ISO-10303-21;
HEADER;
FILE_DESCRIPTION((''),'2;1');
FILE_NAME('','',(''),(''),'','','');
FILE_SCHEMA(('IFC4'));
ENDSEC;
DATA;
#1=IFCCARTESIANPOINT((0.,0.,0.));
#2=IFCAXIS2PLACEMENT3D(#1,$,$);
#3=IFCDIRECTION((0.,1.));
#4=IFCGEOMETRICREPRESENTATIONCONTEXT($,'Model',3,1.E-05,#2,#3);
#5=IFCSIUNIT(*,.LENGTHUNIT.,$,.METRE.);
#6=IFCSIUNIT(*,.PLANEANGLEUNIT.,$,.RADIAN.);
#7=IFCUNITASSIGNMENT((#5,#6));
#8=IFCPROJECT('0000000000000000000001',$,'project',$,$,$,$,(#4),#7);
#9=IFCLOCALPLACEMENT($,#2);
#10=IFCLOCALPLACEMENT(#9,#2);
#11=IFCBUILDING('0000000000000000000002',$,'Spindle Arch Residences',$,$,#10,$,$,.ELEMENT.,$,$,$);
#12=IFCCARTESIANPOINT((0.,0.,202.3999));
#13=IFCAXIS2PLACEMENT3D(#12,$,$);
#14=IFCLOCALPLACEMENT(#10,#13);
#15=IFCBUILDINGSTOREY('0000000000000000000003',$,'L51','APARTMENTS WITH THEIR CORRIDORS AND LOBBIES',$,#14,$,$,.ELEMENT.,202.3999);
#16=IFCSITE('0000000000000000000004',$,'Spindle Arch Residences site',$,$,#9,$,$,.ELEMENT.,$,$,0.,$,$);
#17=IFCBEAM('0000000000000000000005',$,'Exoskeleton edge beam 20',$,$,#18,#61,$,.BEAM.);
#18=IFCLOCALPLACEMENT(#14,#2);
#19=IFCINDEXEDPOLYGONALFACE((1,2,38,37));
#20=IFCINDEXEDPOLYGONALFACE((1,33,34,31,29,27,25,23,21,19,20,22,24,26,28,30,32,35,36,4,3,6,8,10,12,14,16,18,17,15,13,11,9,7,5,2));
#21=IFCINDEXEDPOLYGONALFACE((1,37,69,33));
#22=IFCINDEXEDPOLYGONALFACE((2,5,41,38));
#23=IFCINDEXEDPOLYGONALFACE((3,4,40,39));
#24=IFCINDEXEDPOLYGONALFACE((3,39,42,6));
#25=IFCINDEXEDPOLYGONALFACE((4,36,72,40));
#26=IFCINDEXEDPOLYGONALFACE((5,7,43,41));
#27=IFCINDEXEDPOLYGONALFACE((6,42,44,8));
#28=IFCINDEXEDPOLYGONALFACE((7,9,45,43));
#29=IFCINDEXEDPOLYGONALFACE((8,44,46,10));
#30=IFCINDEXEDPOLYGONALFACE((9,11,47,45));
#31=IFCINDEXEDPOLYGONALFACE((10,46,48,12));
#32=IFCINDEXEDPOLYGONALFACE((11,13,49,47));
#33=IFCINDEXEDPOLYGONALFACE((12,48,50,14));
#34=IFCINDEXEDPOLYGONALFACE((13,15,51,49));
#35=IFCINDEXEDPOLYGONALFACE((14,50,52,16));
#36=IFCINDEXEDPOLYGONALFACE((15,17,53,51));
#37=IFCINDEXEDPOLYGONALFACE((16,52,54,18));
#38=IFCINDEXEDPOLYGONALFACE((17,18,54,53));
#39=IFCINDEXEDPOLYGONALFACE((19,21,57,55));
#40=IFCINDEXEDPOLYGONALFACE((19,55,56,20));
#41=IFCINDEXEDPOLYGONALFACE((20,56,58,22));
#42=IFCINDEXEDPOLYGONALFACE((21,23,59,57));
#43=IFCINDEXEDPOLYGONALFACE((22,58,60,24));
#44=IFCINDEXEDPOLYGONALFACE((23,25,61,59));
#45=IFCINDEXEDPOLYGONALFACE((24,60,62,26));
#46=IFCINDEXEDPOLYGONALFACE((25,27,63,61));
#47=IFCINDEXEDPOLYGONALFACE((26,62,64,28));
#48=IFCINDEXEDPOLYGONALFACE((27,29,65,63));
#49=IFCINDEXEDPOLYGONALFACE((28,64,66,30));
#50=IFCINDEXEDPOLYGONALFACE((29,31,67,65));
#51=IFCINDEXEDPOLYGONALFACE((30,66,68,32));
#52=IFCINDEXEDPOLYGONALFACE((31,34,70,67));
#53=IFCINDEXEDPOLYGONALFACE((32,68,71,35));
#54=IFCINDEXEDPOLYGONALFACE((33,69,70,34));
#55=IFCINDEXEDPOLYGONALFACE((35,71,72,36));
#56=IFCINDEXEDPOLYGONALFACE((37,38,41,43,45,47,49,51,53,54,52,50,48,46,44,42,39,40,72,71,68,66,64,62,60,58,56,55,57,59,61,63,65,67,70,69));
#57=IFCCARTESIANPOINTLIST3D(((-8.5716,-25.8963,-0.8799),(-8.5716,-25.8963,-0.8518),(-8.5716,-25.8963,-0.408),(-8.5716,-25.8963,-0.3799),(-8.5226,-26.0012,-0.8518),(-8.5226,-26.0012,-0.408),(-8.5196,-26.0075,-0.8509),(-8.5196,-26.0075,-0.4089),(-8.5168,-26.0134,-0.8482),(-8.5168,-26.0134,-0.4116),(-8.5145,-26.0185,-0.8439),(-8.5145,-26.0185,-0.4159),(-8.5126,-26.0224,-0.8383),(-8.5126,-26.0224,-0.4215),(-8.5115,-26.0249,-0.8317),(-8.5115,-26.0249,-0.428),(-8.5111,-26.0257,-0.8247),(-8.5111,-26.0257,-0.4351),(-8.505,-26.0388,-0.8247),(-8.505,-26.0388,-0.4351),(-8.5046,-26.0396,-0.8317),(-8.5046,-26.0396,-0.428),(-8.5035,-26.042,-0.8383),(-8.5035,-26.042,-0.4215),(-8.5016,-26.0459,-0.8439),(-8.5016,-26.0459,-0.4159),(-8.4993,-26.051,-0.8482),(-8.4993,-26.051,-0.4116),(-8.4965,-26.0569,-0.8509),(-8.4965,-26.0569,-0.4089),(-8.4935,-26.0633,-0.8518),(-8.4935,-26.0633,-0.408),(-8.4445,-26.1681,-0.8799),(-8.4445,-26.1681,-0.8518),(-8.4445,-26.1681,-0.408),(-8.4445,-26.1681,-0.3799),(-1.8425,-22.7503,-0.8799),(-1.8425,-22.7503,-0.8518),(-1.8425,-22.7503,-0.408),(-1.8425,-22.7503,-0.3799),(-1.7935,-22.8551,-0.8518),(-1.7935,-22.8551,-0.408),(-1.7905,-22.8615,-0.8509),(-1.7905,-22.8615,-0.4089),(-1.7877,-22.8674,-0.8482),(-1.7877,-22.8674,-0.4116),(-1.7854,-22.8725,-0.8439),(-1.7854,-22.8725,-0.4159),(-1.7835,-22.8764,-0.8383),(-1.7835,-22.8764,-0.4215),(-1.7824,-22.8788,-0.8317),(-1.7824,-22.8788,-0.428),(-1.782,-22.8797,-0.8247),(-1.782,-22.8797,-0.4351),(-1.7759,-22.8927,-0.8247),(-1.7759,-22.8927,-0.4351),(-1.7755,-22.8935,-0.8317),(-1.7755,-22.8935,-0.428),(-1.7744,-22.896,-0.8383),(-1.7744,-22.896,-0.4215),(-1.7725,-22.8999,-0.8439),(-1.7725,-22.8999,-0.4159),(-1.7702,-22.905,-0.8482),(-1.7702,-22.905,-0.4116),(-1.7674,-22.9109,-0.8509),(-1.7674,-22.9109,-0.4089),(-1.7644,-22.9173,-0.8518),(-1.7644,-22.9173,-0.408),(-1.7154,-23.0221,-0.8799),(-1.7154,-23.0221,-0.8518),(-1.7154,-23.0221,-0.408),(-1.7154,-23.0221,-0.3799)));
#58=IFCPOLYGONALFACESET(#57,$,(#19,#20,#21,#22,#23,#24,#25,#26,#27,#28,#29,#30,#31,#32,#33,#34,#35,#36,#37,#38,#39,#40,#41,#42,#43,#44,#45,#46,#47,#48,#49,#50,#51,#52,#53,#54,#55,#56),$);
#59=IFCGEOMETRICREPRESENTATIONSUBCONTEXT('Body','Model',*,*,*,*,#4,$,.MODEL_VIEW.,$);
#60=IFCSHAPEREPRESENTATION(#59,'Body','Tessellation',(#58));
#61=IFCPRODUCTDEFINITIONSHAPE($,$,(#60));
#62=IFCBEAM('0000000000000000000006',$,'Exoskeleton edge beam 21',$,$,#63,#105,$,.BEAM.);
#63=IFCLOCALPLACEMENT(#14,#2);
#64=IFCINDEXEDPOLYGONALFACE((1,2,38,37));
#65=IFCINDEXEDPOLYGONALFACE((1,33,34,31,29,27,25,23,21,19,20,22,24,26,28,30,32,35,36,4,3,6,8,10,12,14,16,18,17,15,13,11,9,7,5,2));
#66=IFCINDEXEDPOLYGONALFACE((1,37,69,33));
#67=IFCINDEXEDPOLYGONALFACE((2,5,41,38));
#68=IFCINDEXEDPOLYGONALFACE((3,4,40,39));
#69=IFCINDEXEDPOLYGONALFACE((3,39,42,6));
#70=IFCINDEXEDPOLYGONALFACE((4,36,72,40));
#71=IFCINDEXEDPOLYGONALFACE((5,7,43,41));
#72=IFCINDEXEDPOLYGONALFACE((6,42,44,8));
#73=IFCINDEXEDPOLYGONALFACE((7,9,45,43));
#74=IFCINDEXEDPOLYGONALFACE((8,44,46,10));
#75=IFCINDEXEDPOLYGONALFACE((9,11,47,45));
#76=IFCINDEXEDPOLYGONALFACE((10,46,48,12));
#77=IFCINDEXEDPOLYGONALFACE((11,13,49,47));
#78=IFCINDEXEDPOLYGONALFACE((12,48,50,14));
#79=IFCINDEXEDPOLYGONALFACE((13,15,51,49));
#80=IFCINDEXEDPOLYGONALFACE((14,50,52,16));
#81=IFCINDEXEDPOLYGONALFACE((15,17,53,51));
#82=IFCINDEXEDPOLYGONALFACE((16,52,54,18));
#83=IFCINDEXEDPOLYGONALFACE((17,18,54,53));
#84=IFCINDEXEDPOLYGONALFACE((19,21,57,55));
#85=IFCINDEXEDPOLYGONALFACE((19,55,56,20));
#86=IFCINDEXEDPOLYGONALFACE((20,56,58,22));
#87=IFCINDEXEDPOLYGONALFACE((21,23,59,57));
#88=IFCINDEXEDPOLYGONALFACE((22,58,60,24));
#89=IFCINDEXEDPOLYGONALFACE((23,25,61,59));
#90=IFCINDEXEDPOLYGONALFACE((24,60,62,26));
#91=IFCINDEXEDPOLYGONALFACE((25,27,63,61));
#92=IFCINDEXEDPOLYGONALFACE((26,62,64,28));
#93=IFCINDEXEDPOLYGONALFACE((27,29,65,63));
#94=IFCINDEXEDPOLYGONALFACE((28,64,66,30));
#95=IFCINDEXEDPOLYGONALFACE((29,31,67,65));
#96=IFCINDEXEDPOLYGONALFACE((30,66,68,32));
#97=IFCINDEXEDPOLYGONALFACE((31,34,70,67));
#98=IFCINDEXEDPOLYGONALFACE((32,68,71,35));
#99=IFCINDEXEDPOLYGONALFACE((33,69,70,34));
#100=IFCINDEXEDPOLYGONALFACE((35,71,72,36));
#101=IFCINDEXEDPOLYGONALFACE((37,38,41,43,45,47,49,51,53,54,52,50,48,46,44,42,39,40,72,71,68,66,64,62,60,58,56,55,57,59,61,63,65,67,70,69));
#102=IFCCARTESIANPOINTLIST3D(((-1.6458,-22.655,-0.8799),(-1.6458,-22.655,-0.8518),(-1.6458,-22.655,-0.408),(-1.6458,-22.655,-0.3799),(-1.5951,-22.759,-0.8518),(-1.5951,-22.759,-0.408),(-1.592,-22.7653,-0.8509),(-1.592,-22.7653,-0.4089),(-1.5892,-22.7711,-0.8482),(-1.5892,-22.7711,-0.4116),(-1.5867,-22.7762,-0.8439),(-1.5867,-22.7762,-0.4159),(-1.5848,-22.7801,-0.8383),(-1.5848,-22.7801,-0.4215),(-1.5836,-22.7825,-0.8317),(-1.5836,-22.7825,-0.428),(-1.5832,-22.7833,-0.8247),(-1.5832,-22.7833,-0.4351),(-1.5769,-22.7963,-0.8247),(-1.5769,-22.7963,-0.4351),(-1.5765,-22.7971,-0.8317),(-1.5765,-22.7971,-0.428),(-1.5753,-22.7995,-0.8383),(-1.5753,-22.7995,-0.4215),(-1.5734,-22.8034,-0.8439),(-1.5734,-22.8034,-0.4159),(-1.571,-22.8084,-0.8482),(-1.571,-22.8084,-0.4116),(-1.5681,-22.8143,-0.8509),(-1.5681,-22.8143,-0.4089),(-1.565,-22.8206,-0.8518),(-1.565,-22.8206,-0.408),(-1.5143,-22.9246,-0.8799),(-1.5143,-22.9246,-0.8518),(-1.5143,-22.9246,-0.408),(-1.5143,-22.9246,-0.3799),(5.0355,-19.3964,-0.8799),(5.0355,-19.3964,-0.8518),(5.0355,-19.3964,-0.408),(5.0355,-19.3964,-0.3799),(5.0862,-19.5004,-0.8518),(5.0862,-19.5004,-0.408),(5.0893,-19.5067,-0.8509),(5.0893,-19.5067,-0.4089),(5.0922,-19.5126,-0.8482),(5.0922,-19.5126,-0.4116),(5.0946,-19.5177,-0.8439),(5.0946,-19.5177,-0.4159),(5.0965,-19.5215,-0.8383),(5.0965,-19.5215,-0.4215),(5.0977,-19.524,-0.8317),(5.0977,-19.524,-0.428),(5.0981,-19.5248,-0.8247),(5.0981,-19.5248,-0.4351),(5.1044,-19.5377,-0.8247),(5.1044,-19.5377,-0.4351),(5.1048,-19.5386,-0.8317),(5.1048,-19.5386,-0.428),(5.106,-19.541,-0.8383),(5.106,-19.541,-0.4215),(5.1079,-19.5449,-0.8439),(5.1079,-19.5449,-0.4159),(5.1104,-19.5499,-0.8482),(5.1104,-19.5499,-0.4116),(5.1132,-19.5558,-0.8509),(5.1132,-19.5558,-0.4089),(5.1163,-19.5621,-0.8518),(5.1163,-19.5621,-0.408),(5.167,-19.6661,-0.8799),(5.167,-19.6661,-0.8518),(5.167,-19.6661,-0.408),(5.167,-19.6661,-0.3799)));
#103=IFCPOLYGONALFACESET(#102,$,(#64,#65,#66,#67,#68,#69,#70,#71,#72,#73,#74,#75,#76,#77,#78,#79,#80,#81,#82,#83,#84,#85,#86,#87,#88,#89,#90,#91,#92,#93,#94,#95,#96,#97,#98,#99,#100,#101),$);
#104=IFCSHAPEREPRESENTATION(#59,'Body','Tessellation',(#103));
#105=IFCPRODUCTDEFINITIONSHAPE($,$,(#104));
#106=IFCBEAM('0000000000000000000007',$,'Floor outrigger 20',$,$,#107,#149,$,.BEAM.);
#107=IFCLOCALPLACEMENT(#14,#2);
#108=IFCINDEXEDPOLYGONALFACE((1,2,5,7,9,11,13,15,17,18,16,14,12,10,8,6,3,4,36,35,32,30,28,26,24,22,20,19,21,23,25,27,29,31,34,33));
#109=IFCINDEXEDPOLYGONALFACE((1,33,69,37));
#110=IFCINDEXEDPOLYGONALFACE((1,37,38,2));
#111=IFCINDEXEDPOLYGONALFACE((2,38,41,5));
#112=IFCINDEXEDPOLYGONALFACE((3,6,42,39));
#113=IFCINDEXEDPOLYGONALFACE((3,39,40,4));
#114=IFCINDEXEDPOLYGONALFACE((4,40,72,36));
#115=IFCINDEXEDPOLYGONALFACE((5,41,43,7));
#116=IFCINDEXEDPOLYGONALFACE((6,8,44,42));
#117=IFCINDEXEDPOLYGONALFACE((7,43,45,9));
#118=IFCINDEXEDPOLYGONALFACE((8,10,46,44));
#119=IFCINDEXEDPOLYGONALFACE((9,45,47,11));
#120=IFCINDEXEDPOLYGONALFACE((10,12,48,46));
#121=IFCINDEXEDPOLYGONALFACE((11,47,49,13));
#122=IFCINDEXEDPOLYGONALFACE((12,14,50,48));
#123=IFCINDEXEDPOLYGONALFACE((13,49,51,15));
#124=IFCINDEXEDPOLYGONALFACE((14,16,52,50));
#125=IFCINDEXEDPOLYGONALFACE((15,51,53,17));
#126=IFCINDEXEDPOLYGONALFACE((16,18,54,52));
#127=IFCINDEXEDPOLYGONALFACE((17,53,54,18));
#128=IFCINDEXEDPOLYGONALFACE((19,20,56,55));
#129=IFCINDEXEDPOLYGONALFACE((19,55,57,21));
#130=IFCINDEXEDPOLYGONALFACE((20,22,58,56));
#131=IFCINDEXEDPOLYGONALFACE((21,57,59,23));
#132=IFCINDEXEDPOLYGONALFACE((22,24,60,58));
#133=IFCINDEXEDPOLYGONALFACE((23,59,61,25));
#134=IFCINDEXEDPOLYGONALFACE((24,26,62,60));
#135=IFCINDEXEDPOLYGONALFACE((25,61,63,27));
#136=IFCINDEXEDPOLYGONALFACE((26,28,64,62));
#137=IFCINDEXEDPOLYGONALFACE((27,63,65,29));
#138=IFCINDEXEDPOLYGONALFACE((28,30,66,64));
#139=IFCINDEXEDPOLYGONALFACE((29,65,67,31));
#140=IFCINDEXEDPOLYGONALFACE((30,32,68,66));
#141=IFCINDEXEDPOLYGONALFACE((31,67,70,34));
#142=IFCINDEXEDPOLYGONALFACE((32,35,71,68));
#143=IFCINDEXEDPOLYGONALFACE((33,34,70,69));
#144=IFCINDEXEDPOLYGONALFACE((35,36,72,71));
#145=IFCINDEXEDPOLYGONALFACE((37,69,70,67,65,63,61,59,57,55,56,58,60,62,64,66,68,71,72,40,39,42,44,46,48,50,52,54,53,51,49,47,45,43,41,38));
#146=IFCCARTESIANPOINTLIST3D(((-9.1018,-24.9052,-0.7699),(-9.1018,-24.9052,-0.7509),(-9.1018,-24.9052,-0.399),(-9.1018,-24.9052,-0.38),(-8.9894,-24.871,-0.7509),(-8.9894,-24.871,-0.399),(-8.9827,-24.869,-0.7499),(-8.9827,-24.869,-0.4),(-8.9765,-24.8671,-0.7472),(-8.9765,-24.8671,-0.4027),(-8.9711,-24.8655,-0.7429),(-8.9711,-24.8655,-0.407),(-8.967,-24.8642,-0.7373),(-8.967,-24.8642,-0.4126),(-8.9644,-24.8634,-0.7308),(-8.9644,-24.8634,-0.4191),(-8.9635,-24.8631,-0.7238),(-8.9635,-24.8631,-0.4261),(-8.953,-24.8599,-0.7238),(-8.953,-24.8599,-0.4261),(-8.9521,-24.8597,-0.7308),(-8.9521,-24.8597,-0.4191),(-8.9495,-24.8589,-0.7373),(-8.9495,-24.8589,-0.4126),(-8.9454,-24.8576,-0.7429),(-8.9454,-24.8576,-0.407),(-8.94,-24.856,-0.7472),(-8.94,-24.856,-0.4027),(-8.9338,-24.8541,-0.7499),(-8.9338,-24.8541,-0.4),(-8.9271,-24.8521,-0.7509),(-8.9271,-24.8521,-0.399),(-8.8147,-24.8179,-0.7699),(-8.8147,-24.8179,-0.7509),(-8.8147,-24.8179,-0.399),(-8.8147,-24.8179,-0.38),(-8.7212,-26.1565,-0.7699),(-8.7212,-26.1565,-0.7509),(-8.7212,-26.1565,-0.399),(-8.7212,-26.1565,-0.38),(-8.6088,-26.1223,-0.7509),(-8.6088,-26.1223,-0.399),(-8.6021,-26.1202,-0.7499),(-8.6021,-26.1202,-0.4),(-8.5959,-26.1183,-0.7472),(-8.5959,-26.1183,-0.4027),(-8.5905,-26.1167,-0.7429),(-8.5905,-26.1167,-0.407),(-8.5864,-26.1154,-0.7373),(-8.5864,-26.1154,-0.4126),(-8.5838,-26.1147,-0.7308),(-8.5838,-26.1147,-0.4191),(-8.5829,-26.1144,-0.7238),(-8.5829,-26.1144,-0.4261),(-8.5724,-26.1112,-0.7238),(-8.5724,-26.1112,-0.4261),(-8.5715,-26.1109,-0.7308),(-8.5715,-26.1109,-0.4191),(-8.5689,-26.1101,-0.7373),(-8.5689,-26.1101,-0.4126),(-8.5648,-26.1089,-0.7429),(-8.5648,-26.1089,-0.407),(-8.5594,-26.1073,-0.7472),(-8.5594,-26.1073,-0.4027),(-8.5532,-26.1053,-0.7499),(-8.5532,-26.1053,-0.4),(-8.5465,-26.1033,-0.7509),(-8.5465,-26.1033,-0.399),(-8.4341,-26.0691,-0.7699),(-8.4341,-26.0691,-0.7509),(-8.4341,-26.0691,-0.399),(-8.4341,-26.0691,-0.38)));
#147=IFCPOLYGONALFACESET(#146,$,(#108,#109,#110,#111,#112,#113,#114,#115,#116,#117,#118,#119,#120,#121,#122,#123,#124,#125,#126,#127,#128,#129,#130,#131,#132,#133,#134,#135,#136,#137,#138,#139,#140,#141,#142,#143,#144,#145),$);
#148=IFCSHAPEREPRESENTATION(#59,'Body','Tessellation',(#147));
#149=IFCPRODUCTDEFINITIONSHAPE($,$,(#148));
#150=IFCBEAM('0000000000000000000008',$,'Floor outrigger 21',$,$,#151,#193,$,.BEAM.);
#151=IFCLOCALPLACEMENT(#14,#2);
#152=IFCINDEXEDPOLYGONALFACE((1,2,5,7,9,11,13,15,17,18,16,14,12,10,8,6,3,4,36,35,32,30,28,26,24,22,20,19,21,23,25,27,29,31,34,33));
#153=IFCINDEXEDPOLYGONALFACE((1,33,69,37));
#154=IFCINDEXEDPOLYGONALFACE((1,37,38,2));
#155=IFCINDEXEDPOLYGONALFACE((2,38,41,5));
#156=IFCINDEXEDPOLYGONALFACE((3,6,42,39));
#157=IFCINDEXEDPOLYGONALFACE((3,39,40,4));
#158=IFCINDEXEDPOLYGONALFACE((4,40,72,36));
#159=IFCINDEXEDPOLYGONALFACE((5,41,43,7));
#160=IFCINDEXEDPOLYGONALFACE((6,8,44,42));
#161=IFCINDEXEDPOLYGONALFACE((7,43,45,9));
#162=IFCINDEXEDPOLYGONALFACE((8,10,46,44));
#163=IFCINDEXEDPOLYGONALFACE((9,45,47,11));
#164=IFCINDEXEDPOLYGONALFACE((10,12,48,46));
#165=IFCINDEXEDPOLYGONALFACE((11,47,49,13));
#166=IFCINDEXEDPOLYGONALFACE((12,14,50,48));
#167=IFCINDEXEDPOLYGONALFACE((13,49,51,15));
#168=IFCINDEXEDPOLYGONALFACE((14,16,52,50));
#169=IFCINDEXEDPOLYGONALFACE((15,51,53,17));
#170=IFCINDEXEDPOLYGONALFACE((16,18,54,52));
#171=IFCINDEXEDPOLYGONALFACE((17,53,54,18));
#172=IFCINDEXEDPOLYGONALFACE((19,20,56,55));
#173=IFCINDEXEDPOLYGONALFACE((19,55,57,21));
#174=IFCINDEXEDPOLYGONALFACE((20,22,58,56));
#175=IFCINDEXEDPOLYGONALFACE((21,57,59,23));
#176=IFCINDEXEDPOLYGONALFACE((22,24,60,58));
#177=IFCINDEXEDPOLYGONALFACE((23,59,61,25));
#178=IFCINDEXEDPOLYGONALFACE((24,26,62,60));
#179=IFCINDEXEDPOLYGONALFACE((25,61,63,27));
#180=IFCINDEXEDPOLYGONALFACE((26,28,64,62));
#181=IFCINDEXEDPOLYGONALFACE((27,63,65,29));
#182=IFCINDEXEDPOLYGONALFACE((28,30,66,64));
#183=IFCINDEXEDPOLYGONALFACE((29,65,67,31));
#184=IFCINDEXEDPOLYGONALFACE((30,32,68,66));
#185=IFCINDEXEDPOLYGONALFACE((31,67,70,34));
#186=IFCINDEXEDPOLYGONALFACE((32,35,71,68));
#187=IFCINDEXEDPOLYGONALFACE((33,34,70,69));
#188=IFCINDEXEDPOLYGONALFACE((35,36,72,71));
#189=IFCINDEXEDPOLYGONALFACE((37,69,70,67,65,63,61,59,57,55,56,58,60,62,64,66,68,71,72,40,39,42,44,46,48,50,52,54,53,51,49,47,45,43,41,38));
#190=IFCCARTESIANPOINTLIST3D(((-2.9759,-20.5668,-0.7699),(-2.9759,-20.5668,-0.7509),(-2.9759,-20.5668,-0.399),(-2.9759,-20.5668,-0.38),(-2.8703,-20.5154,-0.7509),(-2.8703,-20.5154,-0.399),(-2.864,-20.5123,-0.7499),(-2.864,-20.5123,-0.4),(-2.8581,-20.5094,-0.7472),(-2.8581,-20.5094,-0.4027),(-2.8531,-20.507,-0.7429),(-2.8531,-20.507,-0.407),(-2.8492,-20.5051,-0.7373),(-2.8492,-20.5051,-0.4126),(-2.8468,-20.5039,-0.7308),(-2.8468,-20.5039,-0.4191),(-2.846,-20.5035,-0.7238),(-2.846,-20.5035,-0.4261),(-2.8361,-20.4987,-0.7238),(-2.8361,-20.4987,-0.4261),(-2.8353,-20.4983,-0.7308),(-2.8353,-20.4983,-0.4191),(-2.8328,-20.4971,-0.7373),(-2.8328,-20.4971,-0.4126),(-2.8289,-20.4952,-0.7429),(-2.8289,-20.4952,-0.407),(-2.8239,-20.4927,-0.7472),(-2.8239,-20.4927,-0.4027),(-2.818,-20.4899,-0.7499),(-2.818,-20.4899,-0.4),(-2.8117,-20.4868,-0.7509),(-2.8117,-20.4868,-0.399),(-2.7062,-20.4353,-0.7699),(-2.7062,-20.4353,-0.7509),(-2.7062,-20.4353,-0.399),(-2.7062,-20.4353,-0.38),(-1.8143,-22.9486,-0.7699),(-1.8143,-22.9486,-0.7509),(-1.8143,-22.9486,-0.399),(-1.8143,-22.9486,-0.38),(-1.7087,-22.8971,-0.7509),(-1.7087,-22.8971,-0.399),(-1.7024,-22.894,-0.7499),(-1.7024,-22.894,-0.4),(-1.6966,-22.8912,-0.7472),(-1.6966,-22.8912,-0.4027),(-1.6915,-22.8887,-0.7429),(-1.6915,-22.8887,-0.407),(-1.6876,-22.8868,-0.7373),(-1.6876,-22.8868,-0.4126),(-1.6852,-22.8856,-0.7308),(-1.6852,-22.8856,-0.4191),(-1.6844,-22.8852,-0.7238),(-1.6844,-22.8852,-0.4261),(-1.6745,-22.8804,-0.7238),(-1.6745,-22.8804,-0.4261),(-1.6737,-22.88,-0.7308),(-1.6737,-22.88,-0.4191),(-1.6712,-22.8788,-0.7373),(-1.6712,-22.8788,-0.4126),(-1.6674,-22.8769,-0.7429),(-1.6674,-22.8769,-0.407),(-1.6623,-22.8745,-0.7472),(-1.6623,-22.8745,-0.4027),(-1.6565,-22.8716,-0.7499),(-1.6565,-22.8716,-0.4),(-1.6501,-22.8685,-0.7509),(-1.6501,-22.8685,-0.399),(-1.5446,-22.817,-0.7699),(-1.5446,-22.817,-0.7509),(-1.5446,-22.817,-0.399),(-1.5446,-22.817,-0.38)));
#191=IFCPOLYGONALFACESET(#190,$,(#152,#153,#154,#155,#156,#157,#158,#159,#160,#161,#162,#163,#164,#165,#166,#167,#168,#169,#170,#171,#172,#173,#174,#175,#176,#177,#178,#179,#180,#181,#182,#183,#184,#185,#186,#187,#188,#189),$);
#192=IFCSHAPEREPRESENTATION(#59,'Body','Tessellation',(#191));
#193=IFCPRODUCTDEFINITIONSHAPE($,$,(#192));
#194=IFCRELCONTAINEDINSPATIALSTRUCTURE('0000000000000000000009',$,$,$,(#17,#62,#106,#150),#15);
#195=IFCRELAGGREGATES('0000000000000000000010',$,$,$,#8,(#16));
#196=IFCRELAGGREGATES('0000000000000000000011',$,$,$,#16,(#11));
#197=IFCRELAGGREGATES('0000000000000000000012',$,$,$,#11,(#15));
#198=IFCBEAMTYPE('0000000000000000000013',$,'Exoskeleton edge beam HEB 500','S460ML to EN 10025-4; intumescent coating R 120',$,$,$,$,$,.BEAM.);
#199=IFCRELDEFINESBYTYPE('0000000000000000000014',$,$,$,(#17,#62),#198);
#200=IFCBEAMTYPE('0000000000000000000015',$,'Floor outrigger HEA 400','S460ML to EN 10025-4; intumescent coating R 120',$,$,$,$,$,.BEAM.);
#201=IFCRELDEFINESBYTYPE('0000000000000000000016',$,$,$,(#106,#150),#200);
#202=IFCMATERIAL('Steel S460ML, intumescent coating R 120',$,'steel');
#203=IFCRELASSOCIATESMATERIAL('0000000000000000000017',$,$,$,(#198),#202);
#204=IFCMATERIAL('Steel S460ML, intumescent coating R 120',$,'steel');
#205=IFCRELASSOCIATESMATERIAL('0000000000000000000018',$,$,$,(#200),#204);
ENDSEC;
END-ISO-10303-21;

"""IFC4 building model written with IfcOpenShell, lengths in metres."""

from ifc_helpers import new_model, si_unit, direction, frame, origin, origin_2d, place, context, subcontext, project, spatial, i_section, extrude, material, material_profile, profile_set, type_object, element, save


model = new_model("IFC4")

# Units and contexts
model_context = context("Model", 3, precision=1e-05, world=origin(), true_north=direction((0.0, 1.0)))
body_context = subcontext(model_context, "Body", "Model", "MODEL_VIEW")
ifc_project = project(units=[si_unit("LENGTHUNIT", "METRE"), si_unit("PLANEANGLEUNIT", "RADIAN")], contexts=[model_context])

# Site, building, storey
site_placement = place(None, origin())
site = spatial("IfcSite", under=ifc_project, at=site_placement, Name="Spindle Arch Residences site", CompositionType="ELEMENT", RefElevation=0.0)
building_placement = place(site_placement, origin())
building = spatial("IfcBuilding", under=site, at=building_placement, Name="Spindle Arch Residences", CompositionType="ELEMENT")
storey_placement = place(building_placement, frame((0.0, 0.0, 202.3999)))
storey = spatial("IfcBuildingStorey", under=building, at=storey_placement, Name="L51", Description="APARTMENTS WITH THEIR CORRIDORS AND LOBBIES", CompositionType="ELEMENT", Elevation=202.3999)

# Beams
ifc_material_1 = material(Name="Steel S460ML, intumescent coating R 120", Category="steel")
ifc_material_profile_1 = material_profile(ifc_material_1, i_section(OverallWidth=0.3, OverallDepth=0.5, WebThickness=0.0144, FlangeThickness=0.0281, FilletRadius=0.0271, at=origin_2d()), Name="HEB 500")
ifc_profile_set_1 = profile_set([ifc_material_profile_1], Name="Steel S460ML, intumescent coating R 120")
beam_type_1 = type_object("IfcBeamType", Name="Exoskeleton edge beam HEB 500", Description="S460ML to EN 10025-4; intumescent coating R 120", PredefinedType="BEAM", material=ifc_profile_set_1)
beam_1_placement = place(storey_placement, frame((-8.5081, -26.0322, -0.6299), z_axis=(0.905884, 0.423526, 0.0), x_axis=(-0.423526, 0.905884, 0.0)))
element("IfcBeam", 1, at=beam_1_placement, inside=storey, type_object=beam_type_1, Name="Exoskeleton edge beam 20", PredefinedType="BEAM", context=body_context, shape_type="SweptSolid", body=[
    extrude(i_section(OverallWidth=0.3, OverallDepth=0.5, WebThickness=0.0144, FlangeThickness=0.0281, FilletRadius=0.0271, at=origin_2d()), origin(), (0.0, 0.0, 1.0), 7.4282),
])
beam_2_placement = place(storey_placement, frame((-1.5801, -22.7898, -0.6299), z_axis=(0.898804, 0.438351, 0.0), x_axis=(-0.438351, 0.898804, 0.0)))
element("IfcBeam", 2, at=beam_2_placement, inside=storey, type_object=beam_type_1, Name="Exoskeleton edge beam 21", PredefinedType="BEAM", context=body_context, shape_type="SweptSolid", body=[
    extrude(i_section(OverallWidth=0.3, OverallDepth=0.5, WebThickness=0.0144, FlangeThickness=0.0281, FilletRadius=0.0271, at=origin_2d()), origin(), (0.0, 0.0, 1.0), 7.4336),
])
ifc_material_2 = material(Name="Steel S460ML, intumescent coating R 120", Category="steel")
ifc_material_profile_2 = material_profile(ifc_material_2, i_section(OverallWidth=0.3, OverallDepth=0.3899, WebThickness=0.011, FlangeThickness=0.019, FilletRadius=0.0271, at=origin_2d()), Name="HEA 400")
ifc_profile_set_2 = profile_set([ifc_material_profile_2], Name="Steel S460ML, intumescent coating R 120")
beam_type_2 = type_object("IfcBeamType", Name="Floor outrigger HEA 400", Description="S460ML to EN 10025-4; intumescent coating R 120", PredefinedType="BEAM", material=ifc_profile_set_2)
beam_3_placement = place(storey_placement, frame((-8.5776, -26.1128, -0.575), z_axis=(-0.291028, 0.956715, 0.0), x_axis=(-0.956715, -0.291028, 0.0)))
element("IfcBeam", 3, at=beam_3_placement, inside=storey, type_object=beam_type_2, Name="Floor outrigger 20", PredefinedType="BEAM", context=body_context, shape_type="SweptSolid", body=[
    extrude(i_section(OverallWidth=0.3, OverallDepth=0.3899, WebThickness=0.011, FlangeThickness=0.019, FilletRadius=0.0271, at=origin_2d()), origin(), (0.0, 0.0, 1.0), 1.3079),
])
beam_4_placement = place(storey_placement, frame((-1.6794, -22.8828, -0.575), z_axis=(-0.438347, 0.898806, 0.0), x_axis=(-0.898806, -0.438347, 0.0)))
element("IfcBeam", 4, at=beam_4_placement, inside=storey, type_object=beam_type_2, Name="Floor outrigger 21", PredefinedType="BEAM", context=body_context, shape_type="SweptSolid", body=[
    extrude(i_section(OverallWidth=0.3, OverallDepth=0.3899, WebThickness=0.011, FlangeThickness=0.019, FilletRadius=0.0271, at=origin_2d()), origin(), (0.0, 0.0, 1.0), 2.6499),
])

save(model, "model.ifc")
